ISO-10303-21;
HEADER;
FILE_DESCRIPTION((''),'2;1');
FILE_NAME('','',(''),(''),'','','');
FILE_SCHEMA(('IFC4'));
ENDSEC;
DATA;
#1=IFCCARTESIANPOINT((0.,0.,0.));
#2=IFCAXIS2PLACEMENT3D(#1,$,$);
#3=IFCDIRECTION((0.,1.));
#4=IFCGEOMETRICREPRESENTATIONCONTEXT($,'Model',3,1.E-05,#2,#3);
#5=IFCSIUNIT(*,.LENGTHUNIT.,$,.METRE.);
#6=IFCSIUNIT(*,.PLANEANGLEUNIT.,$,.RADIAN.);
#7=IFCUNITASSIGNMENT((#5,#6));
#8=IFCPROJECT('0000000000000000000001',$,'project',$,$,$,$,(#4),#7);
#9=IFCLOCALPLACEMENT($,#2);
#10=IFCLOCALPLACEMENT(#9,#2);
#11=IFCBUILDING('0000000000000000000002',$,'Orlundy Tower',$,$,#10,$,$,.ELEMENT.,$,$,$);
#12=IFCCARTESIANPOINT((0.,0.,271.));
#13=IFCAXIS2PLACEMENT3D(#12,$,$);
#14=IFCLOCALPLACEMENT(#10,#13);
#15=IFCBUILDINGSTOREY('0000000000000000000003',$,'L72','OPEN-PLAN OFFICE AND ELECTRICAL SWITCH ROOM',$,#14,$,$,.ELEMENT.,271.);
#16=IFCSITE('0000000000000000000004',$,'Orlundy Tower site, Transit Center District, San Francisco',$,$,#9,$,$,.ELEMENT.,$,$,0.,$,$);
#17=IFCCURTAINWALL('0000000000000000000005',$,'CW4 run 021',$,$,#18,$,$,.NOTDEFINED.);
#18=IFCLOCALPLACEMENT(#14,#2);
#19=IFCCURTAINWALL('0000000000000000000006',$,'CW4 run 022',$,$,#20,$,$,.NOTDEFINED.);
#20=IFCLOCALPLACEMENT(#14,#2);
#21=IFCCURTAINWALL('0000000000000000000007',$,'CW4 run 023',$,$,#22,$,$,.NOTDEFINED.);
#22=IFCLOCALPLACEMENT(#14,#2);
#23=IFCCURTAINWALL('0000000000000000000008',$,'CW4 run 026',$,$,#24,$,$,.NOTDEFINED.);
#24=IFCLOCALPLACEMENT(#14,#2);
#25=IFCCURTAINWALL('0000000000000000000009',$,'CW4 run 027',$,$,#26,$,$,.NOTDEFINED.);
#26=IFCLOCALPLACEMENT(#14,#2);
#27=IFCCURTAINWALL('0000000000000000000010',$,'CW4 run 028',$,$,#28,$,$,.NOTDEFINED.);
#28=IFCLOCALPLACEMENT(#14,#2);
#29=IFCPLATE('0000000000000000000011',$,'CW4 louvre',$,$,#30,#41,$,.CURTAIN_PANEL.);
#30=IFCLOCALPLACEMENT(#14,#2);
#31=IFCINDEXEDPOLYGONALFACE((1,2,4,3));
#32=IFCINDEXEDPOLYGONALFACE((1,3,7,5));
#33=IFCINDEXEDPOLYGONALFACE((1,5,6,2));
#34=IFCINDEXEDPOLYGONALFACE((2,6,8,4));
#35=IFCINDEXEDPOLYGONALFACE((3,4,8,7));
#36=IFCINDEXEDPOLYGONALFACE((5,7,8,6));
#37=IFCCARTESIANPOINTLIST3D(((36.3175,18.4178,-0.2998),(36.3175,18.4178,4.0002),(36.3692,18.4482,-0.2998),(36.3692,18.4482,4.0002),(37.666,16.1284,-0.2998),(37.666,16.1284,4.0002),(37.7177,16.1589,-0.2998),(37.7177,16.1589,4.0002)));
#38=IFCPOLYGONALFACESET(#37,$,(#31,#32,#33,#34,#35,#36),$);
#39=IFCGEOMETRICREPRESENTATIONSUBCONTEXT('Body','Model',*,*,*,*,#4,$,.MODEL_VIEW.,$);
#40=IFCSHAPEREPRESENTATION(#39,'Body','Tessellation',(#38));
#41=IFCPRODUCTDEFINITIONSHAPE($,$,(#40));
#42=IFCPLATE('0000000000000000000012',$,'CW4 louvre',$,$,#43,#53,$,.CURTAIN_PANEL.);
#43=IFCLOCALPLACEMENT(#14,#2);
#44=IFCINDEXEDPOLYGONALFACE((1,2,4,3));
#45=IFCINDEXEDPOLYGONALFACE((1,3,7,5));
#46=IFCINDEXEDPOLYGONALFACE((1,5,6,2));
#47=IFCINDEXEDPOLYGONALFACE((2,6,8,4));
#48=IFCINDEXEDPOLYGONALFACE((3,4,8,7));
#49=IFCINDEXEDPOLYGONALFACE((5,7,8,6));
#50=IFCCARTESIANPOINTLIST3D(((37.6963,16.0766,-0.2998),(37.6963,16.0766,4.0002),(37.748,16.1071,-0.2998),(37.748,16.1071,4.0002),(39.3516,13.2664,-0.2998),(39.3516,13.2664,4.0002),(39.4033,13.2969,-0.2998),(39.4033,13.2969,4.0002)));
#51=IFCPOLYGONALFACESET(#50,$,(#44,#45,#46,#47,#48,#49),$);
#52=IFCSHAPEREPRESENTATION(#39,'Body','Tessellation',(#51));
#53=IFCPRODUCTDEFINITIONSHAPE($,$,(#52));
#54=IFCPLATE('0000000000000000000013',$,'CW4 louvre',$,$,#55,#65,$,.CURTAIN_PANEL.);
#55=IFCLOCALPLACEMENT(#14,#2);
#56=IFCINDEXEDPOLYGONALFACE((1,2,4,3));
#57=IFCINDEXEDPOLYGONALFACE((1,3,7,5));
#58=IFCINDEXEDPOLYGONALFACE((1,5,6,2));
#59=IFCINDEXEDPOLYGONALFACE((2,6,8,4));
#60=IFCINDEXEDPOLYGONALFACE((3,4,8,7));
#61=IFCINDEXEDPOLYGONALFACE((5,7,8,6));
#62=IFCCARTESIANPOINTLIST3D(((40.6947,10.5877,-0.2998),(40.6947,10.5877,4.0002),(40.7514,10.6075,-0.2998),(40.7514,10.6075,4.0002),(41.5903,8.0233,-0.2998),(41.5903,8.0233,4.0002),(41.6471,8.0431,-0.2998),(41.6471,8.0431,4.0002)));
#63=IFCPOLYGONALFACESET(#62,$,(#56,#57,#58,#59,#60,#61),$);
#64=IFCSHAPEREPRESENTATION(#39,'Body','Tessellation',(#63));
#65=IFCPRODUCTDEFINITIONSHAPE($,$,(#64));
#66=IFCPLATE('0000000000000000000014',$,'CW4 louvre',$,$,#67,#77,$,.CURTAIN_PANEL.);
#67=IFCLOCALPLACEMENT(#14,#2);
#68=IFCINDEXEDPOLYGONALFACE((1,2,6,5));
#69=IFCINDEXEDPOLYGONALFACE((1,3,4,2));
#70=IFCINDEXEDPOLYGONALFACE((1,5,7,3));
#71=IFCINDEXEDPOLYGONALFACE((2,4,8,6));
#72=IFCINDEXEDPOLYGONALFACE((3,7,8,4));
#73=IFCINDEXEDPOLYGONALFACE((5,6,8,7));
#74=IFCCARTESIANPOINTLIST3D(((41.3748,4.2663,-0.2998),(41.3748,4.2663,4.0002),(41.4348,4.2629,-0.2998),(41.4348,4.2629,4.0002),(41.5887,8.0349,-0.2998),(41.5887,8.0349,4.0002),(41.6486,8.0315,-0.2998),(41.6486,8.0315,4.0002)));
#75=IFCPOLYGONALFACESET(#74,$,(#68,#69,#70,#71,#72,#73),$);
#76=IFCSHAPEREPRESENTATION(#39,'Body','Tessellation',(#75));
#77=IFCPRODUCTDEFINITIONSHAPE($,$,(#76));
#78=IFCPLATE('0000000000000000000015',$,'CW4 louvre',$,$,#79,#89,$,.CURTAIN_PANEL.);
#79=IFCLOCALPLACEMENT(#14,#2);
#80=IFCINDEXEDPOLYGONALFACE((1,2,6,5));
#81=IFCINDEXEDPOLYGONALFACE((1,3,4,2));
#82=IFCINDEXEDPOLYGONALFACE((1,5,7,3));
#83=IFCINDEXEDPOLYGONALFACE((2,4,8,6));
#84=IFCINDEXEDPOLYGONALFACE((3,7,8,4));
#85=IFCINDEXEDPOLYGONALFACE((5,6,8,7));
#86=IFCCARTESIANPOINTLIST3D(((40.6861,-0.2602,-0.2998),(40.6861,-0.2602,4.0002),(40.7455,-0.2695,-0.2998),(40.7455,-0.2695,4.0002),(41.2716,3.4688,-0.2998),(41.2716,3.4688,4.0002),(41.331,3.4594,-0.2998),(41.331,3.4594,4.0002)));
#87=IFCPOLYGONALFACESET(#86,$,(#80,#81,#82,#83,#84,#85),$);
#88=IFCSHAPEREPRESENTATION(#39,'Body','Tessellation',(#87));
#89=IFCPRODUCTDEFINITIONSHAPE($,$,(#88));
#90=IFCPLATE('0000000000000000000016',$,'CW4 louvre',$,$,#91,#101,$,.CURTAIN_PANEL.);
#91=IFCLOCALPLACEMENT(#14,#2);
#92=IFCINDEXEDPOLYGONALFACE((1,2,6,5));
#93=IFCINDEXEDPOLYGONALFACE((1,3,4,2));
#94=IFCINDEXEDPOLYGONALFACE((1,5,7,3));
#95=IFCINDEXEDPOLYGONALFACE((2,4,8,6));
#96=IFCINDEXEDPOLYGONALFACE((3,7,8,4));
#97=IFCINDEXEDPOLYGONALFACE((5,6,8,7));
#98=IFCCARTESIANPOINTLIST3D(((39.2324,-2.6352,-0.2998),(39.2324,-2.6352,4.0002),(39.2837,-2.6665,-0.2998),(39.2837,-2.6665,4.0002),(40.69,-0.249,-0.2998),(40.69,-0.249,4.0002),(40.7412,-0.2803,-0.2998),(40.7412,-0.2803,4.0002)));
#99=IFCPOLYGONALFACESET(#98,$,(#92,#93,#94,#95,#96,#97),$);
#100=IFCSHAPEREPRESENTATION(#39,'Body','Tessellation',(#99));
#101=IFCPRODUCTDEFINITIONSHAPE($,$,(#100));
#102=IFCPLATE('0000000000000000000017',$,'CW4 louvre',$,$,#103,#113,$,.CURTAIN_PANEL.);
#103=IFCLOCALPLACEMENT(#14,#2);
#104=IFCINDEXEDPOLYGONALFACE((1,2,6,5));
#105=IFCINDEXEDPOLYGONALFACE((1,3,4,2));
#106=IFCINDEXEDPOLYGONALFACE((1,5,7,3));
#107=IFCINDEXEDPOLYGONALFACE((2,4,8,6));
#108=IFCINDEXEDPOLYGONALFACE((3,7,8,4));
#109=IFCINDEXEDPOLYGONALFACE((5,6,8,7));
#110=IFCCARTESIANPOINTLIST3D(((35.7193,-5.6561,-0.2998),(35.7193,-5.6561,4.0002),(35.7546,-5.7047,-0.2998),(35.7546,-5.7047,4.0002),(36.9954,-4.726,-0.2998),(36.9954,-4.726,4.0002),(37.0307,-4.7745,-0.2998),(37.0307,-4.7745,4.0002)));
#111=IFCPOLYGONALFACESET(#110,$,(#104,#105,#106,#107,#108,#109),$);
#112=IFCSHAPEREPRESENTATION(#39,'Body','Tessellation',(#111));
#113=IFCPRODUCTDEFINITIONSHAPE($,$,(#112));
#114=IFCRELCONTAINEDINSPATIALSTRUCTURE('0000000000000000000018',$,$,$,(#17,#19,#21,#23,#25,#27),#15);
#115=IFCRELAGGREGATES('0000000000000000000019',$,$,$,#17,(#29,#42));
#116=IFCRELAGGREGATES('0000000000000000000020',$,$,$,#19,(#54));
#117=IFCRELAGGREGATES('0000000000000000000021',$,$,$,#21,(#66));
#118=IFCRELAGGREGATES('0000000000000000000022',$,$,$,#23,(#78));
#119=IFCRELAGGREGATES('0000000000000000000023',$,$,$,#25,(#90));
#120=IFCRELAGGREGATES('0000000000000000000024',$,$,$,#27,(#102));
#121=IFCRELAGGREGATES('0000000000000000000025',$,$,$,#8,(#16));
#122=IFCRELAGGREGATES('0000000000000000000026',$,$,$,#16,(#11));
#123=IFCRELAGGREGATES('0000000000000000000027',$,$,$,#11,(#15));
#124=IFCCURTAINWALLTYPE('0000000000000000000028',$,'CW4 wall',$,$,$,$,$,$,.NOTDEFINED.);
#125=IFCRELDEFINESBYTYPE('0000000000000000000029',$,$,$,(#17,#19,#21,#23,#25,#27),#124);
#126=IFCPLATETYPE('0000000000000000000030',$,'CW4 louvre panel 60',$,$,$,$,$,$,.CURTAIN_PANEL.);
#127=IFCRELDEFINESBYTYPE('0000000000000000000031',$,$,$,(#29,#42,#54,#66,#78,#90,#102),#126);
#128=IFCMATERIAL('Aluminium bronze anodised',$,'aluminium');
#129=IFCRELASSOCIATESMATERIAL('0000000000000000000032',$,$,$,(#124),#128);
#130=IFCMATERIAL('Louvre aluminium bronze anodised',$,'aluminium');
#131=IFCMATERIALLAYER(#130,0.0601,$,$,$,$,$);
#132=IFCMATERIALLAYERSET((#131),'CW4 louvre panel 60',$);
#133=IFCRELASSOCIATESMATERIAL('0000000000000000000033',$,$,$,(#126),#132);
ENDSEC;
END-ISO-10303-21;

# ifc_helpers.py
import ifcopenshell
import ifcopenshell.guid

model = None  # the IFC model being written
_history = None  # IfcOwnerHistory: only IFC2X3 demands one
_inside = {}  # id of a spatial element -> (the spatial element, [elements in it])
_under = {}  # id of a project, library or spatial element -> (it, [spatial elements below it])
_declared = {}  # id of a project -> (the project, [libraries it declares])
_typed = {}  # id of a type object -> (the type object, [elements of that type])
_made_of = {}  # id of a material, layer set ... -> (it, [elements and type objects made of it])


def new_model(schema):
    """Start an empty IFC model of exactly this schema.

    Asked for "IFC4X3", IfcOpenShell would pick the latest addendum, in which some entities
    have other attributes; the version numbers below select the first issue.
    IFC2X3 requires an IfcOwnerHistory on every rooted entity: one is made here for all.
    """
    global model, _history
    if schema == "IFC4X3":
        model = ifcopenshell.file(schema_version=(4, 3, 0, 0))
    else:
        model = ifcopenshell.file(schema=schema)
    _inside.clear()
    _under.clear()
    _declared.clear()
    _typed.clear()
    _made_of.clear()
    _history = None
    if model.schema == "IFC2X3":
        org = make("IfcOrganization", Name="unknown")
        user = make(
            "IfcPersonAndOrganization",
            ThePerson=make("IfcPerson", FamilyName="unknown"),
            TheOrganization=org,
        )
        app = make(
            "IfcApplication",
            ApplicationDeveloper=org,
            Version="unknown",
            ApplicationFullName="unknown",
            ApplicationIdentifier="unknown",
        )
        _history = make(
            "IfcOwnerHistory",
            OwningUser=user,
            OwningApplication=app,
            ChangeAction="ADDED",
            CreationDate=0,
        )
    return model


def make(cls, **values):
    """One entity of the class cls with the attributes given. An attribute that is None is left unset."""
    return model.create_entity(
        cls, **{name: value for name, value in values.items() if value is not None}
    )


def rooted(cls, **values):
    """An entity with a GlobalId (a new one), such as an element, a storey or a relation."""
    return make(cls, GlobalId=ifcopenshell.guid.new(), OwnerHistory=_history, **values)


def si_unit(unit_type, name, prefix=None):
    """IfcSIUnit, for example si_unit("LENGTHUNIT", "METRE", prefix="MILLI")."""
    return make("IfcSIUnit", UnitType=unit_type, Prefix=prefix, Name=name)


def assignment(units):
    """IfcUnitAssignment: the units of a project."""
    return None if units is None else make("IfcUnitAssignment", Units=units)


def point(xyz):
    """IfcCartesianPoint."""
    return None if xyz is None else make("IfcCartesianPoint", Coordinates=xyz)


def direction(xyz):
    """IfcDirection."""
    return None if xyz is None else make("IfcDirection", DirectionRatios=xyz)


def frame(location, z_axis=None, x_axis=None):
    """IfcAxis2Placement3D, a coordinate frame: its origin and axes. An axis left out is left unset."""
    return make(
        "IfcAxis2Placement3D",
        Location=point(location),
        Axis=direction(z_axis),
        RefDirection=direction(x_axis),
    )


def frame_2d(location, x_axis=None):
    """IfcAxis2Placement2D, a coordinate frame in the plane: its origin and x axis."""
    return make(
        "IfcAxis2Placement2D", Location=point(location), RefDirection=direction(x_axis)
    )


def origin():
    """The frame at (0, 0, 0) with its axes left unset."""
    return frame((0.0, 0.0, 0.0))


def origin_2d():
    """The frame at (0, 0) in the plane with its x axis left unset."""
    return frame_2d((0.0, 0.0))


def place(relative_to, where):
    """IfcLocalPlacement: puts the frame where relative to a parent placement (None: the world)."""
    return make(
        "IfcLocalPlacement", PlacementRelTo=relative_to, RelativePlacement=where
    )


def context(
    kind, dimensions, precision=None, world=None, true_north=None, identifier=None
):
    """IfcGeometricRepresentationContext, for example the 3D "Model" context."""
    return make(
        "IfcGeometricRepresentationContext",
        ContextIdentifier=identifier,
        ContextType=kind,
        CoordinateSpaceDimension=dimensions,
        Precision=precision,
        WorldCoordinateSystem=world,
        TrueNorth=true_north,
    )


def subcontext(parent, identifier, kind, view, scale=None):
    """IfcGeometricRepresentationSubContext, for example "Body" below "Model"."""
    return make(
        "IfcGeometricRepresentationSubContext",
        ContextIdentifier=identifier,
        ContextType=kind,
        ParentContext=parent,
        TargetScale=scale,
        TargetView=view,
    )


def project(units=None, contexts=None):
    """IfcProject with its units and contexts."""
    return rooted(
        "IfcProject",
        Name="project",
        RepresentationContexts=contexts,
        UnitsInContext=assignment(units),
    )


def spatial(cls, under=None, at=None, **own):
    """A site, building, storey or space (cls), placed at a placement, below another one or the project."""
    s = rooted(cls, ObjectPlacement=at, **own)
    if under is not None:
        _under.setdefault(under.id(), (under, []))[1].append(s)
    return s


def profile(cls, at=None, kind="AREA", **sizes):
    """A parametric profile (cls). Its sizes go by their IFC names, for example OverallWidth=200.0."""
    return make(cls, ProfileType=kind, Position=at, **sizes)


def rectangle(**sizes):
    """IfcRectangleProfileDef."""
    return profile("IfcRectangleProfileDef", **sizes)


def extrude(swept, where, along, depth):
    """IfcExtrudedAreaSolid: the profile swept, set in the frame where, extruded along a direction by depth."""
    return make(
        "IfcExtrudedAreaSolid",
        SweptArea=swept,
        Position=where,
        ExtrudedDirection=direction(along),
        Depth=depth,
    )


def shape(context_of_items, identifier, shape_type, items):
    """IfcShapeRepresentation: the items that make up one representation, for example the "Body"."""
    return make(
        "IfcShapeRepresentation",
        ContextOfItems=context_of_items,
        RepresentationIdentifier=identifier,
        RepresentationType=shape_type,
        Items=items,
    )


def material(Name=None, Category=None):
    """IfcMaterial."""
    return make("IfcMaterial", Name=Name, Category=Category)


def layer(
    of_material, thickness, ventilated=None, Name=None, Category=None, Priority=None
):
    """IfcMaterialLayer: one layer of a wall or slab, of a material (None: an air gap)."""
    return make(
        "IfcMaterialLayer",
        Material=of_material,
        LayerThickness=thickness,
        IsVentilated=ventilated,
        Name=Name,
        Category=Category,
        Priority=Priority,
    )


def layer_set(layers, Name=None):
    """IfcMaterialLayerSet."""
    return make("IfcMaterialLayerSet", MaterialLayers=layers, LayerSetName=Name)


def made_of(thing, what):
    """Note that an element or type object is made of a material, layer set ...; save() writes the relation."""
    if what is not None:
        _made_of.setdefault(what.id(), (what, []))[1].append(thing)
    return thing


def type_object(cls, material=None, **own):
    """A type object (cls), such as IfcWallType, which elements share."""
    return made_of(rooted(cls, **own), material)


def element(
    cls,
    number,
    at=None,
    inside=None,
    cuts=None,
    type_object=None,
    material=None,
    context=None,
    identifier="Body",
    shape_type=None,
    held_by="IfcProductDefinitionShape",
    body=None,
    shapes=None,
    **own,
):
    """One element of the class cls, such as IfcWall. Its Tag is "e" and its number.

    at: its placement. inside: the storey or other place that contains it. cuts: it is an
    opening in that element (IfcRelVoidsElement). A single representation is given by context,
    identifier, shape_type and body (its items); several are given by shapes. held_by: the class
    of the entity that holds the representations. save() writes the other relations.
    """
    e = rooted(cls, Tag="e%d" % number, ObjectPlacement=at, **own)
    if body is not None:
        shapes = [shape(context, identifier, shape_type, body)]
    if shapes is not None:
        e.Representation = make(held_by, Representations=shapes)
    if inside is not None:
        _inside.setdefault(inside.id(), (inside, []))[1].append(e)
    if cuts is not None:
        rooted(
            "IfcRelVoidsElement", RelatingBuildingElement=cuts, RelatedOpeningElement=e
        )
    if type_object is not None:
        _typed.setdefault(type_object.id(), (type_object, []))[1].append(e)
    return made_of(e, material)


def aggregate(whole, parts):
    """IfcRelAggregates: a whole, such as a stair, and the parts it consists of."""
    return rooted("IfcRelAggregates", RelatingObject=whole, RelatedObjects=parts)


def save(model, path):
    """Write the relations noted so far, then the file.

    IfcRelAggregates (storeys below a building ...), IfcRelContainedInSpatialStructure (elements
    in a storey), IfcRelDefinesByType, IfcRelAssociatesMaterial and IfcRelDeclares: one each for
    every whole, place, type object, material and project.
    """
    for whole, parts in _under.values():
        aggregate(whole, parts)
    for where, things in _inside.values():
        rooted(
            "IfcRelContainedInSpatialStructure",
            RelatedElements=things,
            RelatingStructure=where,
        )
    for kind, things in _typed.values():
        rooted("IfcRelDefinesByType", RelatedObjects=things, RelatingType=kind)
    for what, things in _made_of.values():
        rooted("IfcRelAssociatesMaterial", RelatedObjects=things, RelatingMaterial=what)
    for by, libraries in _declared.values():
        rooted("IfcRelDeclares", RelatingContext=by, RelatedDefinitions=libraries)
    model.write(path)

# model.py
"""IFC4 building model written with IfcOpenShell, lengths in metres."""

from ifc_helpers import new_model, si_unit, direction, frame, origin, origin_2d, place, context, subcontext, project, spatial, rectangle, extrude, material, layer, layer_set, type_object, element, aggregate, save


model = new_model("IFC4")

# Units and contexts
model_context = context("Model", 3, precision=1e-05, world=origin(), true_north=direction((0.0, 1.0)))
body_context = subcontext(model_context, "Body", "Model", "MODEL_VIEW")
ifc_project = project(units=[si_unit("LENGTHUNIT", "METRE"), si_unit("PLANEANGLEUNIT", "RADIAN")], contexts=[model_context])

# Site, building, storey
site_placement = place(None, origin())
site = spatial("IfcSite", under=ifc_project, at=site_placement, Name="Orlundy Tower site, Transit Center District, San Francisco", CompositionType="ELEMENT", RefElevation=0.0)
building_placement = place(site_placement, origin())
building = spatial("IfcBuilding", under=site, at=building_placement, Name="Orlundy Tower", CompositionType="ELEMENT")
storey_placement = place(building_placement, frame((0.0, 0.0, 271.0)))
storey = spatial("IfcBuildingStorey", under=building, at=storey_placement, Name="L72", Description="OPEN-PLAN OFFICE AND ELECTRICAL SWITCH ROOM", CompositionType="ELEMENT", Elevation=271.0)

# Curtain walls
ifc_material_1 = material(Name="Aluminium bronze anodised", Category="aluminium")
curtain_wall_type = type_object("IfcCurtainWallType", Name="CW4 wall", PredefinedType="NOTDEFINED", material=ifc_material_1)
curtain_wall_1_placement = place(storey_placement, origin())
curtain_wall_1 = element("IfcCurtainWall", 1, at=curtain_wall_1_placement, inside=storey, type_object=curtain_wall_type, Name="CW4 run 021", PredefinedType="NOTDEFINED")
curtain_wall_2_placement = place(storey_placement, origin())
curtain_wall_2 = element("IfcCurtainWall", 2, at=curtain_wall_2_placement, inside=storey, type_object=curtain_wall_type, Name="CW4 run 022", PredefinedType="NOTDEFINED")
curtain_wall_3_placement = place(storey_placement, origin())
curtain_wall_3 = element("IfcCurtainWall", 3, at=curtain_wall_3_placement, inside=storey, type_object=curtain_wall_type, Name="CW4 run 023", PredefinedType="NOTDEFINED")
curtain_wall_4_placement = place(storey_placement, origin())
curtain_wall_4 = element("IfcCurtainWall", 4, at=curtain_wall_4_placement, inside=storey, type_object=curtain_wall_type, Name="CW4 run 026", PredefinedType="NOTDEFINED")
curtain_wall_5_placement = place(storey_placement, origin())
curtain_wall_5 = element("IfcCurtainWall", 5, at=curtain_wall_5_placement, inside=storey, type_object=curtain_wall_type, Name="CW4 run 027", PredefinedType="NOTDEFINED")

# Curtain wall
curtain_wall_6_placement = place(storey_placement, origin())
curtain_wall_6 = element("IfcCurtainWall", 6, at=curtain_wall_6_placement, inside=storey, type_object=curtain_wall_type, Name="CW4 run 028", PredefinedType="NOTDEFINED")

# Shared definitions
ifc_material_2 = material(Name="Louvre aluminium bronze anodised", Category="aluminium")
ifc_layer = layer(ifc_material_2, 0.0601)
ifc_layer_set = layer_set([ifc_layer], Name="CW4 louvre panel 60")
plate_type = type_object("IfcPlateType", Name="CW4 louvre panel 60", PredefinedType="CURTAIN_PANEL", material=ifc_layer_set)

# Plates
plate_1_placement = place(storey_placement, frame((37.0176, 17.2883, -0.2998), z_axis=(0.0, 0.0, 1.0), x_axis=(0.507532, -0.861633, 0.0)))
plate_1 = element("IfcPlate", 7, at=plate_1_placement, type_object=plate_type, Name="CW4 louvre", PredefinedType="CURTAIN_PANEL", context=body_context, shape_type="SweptSolid", body=[
    extrude(rectangle(XDim=2.657, YDim=0.0601, at=origin_2d()), origin(), (0.0, 0.0, 1.0), 4.3),
])
plate_2_placement = place(storey_placement, frame((38.5498, 14.6868, -0.2998), z_axis=(0.0, 0.0, 1.0), x_axis=(0.507532, -0.861633, 0.0)))
plate_2 = element("IfcPlate", 8, at=plate_2_placement, type_object=plate_type, Name="CW4 louvre", PredefinedType="CURTAIN_PANEL", context=body_context, shape_type="SweptSolid", body=[
    extrude(rectangle(XDim=3.2615, YDim=0.0601, at=origin_2d()), origin(), (0.0, 0.0, 1.0), 4.3),
])
aggregate(curtain_wall_1, [plate_1, plate_2])
plate_3_placement = place(storey_placement, frame((41.1709, 9.3154, -0.2998), z_axis=(0.0, 0.0, 1.0), x_axis=(0.329713, -0.944081, 0.0)))
plate_3 = element("IfcPlate", 9, at=plate_3_placement, type_object=plate_type, Name="CW4 louvre", PredefinedType="CURTAIN_PANEL", context=body_context, shape_type="SweptSolid", body=[
    extrude(rectangle(XDim=2.7163, YDim=0.0601, at=origin_2d()), origin(), (0.0, 0.0, 1.0), 4.3),
])
aggregate(curtain_wall_2, [plate_3])
plate_4_placement = place(storey_placement, frame((41.5117, 6.1489, -0.2998), z_axis=(0.0, 0.0, 1.0), x_axis=(-0.05665, -0.998394, 0.0)))
plate_4 = element("IfcPlate", 10, at=plate_4_placement, type_object=plate_type, Name="CW4 louvre", PredefinedType="CURTAIN_PANEL", context=body_context, shape_type="SweptSolid", body=[
    extrude(rectangle(XDim=3.7747, YDim=0.0601, at=origin_2d()), origin(), (0.0, 0.0, 1.0), 4.3),
])
aggregate(curtain_wall_3, [plate_4])
plate_5_placement = place(storey_placement, frame((41.0085, 1.5996, -0.2998), z_axis=(0.0, 0.0, 1.0), x_axis=(-0.155117, -0.987896, 0.0)))
plate_5 = element("IfcPlate", 11, at=plate_5_placement, type_object=plate_type, Name="CW4 louvre", PredefinedType="CURTAIN_PANEL", context=body_context, shape_type="SweptSolid", body=[
    extrude(rectangle(XDim=3.7747, YDim=0.0601, at=origin_2d()), origin(), (0.0, 0.0, 1.0), 4.3),
])
aggregate(curtain_wall_4, [plate_5])
plate_6_placement = place(storey_placement, frame((39.9868, -1.4578, -0.2998), z_axis=(0.0, 0.0, 1.0), x_axis=(-0.521264, -0.853395, 0.0)))
plate_6 = element("IfcPlate", 12, at=plate_6_placement, type_object=plate_type, Name="CW4 louvre", PredefinedType="CURTAIN_PANEL", context=body_context, shape_type="SweptSolid", body=[
    extrude(rectangle(XDim=2.7961, YDim=0.0601, at=origin_2d()), origin(), (0.0, 0.0, 1.0), 4.3),
])
aggregate(curtain_wall_5, [plate_6])
plate_7_placement = place(storey_placement, frame((36.375, -5.2153, -0.2998), z_axis=(0.0, 0.0, 1.0), x_axis=(-0.808117, -0.589022, 0.0)))
plate_7 = element("IfcPlate", 13, at=plate_7_placement, type_object=plate_type, Name="CW4 louvre", PredefinedType="CURTAIN_PANEL", context=body_context, shape_type="SweptSolid", body=[
    extrude(rectangle(XDim=1.5791, YDim=0.0601, at=origin_2d()), origin(), (0.0, 0.0, 1.0), 4.3),
])
aggregate(curtain_wall_6, [plate_7])

save(model, "model.ifc")
